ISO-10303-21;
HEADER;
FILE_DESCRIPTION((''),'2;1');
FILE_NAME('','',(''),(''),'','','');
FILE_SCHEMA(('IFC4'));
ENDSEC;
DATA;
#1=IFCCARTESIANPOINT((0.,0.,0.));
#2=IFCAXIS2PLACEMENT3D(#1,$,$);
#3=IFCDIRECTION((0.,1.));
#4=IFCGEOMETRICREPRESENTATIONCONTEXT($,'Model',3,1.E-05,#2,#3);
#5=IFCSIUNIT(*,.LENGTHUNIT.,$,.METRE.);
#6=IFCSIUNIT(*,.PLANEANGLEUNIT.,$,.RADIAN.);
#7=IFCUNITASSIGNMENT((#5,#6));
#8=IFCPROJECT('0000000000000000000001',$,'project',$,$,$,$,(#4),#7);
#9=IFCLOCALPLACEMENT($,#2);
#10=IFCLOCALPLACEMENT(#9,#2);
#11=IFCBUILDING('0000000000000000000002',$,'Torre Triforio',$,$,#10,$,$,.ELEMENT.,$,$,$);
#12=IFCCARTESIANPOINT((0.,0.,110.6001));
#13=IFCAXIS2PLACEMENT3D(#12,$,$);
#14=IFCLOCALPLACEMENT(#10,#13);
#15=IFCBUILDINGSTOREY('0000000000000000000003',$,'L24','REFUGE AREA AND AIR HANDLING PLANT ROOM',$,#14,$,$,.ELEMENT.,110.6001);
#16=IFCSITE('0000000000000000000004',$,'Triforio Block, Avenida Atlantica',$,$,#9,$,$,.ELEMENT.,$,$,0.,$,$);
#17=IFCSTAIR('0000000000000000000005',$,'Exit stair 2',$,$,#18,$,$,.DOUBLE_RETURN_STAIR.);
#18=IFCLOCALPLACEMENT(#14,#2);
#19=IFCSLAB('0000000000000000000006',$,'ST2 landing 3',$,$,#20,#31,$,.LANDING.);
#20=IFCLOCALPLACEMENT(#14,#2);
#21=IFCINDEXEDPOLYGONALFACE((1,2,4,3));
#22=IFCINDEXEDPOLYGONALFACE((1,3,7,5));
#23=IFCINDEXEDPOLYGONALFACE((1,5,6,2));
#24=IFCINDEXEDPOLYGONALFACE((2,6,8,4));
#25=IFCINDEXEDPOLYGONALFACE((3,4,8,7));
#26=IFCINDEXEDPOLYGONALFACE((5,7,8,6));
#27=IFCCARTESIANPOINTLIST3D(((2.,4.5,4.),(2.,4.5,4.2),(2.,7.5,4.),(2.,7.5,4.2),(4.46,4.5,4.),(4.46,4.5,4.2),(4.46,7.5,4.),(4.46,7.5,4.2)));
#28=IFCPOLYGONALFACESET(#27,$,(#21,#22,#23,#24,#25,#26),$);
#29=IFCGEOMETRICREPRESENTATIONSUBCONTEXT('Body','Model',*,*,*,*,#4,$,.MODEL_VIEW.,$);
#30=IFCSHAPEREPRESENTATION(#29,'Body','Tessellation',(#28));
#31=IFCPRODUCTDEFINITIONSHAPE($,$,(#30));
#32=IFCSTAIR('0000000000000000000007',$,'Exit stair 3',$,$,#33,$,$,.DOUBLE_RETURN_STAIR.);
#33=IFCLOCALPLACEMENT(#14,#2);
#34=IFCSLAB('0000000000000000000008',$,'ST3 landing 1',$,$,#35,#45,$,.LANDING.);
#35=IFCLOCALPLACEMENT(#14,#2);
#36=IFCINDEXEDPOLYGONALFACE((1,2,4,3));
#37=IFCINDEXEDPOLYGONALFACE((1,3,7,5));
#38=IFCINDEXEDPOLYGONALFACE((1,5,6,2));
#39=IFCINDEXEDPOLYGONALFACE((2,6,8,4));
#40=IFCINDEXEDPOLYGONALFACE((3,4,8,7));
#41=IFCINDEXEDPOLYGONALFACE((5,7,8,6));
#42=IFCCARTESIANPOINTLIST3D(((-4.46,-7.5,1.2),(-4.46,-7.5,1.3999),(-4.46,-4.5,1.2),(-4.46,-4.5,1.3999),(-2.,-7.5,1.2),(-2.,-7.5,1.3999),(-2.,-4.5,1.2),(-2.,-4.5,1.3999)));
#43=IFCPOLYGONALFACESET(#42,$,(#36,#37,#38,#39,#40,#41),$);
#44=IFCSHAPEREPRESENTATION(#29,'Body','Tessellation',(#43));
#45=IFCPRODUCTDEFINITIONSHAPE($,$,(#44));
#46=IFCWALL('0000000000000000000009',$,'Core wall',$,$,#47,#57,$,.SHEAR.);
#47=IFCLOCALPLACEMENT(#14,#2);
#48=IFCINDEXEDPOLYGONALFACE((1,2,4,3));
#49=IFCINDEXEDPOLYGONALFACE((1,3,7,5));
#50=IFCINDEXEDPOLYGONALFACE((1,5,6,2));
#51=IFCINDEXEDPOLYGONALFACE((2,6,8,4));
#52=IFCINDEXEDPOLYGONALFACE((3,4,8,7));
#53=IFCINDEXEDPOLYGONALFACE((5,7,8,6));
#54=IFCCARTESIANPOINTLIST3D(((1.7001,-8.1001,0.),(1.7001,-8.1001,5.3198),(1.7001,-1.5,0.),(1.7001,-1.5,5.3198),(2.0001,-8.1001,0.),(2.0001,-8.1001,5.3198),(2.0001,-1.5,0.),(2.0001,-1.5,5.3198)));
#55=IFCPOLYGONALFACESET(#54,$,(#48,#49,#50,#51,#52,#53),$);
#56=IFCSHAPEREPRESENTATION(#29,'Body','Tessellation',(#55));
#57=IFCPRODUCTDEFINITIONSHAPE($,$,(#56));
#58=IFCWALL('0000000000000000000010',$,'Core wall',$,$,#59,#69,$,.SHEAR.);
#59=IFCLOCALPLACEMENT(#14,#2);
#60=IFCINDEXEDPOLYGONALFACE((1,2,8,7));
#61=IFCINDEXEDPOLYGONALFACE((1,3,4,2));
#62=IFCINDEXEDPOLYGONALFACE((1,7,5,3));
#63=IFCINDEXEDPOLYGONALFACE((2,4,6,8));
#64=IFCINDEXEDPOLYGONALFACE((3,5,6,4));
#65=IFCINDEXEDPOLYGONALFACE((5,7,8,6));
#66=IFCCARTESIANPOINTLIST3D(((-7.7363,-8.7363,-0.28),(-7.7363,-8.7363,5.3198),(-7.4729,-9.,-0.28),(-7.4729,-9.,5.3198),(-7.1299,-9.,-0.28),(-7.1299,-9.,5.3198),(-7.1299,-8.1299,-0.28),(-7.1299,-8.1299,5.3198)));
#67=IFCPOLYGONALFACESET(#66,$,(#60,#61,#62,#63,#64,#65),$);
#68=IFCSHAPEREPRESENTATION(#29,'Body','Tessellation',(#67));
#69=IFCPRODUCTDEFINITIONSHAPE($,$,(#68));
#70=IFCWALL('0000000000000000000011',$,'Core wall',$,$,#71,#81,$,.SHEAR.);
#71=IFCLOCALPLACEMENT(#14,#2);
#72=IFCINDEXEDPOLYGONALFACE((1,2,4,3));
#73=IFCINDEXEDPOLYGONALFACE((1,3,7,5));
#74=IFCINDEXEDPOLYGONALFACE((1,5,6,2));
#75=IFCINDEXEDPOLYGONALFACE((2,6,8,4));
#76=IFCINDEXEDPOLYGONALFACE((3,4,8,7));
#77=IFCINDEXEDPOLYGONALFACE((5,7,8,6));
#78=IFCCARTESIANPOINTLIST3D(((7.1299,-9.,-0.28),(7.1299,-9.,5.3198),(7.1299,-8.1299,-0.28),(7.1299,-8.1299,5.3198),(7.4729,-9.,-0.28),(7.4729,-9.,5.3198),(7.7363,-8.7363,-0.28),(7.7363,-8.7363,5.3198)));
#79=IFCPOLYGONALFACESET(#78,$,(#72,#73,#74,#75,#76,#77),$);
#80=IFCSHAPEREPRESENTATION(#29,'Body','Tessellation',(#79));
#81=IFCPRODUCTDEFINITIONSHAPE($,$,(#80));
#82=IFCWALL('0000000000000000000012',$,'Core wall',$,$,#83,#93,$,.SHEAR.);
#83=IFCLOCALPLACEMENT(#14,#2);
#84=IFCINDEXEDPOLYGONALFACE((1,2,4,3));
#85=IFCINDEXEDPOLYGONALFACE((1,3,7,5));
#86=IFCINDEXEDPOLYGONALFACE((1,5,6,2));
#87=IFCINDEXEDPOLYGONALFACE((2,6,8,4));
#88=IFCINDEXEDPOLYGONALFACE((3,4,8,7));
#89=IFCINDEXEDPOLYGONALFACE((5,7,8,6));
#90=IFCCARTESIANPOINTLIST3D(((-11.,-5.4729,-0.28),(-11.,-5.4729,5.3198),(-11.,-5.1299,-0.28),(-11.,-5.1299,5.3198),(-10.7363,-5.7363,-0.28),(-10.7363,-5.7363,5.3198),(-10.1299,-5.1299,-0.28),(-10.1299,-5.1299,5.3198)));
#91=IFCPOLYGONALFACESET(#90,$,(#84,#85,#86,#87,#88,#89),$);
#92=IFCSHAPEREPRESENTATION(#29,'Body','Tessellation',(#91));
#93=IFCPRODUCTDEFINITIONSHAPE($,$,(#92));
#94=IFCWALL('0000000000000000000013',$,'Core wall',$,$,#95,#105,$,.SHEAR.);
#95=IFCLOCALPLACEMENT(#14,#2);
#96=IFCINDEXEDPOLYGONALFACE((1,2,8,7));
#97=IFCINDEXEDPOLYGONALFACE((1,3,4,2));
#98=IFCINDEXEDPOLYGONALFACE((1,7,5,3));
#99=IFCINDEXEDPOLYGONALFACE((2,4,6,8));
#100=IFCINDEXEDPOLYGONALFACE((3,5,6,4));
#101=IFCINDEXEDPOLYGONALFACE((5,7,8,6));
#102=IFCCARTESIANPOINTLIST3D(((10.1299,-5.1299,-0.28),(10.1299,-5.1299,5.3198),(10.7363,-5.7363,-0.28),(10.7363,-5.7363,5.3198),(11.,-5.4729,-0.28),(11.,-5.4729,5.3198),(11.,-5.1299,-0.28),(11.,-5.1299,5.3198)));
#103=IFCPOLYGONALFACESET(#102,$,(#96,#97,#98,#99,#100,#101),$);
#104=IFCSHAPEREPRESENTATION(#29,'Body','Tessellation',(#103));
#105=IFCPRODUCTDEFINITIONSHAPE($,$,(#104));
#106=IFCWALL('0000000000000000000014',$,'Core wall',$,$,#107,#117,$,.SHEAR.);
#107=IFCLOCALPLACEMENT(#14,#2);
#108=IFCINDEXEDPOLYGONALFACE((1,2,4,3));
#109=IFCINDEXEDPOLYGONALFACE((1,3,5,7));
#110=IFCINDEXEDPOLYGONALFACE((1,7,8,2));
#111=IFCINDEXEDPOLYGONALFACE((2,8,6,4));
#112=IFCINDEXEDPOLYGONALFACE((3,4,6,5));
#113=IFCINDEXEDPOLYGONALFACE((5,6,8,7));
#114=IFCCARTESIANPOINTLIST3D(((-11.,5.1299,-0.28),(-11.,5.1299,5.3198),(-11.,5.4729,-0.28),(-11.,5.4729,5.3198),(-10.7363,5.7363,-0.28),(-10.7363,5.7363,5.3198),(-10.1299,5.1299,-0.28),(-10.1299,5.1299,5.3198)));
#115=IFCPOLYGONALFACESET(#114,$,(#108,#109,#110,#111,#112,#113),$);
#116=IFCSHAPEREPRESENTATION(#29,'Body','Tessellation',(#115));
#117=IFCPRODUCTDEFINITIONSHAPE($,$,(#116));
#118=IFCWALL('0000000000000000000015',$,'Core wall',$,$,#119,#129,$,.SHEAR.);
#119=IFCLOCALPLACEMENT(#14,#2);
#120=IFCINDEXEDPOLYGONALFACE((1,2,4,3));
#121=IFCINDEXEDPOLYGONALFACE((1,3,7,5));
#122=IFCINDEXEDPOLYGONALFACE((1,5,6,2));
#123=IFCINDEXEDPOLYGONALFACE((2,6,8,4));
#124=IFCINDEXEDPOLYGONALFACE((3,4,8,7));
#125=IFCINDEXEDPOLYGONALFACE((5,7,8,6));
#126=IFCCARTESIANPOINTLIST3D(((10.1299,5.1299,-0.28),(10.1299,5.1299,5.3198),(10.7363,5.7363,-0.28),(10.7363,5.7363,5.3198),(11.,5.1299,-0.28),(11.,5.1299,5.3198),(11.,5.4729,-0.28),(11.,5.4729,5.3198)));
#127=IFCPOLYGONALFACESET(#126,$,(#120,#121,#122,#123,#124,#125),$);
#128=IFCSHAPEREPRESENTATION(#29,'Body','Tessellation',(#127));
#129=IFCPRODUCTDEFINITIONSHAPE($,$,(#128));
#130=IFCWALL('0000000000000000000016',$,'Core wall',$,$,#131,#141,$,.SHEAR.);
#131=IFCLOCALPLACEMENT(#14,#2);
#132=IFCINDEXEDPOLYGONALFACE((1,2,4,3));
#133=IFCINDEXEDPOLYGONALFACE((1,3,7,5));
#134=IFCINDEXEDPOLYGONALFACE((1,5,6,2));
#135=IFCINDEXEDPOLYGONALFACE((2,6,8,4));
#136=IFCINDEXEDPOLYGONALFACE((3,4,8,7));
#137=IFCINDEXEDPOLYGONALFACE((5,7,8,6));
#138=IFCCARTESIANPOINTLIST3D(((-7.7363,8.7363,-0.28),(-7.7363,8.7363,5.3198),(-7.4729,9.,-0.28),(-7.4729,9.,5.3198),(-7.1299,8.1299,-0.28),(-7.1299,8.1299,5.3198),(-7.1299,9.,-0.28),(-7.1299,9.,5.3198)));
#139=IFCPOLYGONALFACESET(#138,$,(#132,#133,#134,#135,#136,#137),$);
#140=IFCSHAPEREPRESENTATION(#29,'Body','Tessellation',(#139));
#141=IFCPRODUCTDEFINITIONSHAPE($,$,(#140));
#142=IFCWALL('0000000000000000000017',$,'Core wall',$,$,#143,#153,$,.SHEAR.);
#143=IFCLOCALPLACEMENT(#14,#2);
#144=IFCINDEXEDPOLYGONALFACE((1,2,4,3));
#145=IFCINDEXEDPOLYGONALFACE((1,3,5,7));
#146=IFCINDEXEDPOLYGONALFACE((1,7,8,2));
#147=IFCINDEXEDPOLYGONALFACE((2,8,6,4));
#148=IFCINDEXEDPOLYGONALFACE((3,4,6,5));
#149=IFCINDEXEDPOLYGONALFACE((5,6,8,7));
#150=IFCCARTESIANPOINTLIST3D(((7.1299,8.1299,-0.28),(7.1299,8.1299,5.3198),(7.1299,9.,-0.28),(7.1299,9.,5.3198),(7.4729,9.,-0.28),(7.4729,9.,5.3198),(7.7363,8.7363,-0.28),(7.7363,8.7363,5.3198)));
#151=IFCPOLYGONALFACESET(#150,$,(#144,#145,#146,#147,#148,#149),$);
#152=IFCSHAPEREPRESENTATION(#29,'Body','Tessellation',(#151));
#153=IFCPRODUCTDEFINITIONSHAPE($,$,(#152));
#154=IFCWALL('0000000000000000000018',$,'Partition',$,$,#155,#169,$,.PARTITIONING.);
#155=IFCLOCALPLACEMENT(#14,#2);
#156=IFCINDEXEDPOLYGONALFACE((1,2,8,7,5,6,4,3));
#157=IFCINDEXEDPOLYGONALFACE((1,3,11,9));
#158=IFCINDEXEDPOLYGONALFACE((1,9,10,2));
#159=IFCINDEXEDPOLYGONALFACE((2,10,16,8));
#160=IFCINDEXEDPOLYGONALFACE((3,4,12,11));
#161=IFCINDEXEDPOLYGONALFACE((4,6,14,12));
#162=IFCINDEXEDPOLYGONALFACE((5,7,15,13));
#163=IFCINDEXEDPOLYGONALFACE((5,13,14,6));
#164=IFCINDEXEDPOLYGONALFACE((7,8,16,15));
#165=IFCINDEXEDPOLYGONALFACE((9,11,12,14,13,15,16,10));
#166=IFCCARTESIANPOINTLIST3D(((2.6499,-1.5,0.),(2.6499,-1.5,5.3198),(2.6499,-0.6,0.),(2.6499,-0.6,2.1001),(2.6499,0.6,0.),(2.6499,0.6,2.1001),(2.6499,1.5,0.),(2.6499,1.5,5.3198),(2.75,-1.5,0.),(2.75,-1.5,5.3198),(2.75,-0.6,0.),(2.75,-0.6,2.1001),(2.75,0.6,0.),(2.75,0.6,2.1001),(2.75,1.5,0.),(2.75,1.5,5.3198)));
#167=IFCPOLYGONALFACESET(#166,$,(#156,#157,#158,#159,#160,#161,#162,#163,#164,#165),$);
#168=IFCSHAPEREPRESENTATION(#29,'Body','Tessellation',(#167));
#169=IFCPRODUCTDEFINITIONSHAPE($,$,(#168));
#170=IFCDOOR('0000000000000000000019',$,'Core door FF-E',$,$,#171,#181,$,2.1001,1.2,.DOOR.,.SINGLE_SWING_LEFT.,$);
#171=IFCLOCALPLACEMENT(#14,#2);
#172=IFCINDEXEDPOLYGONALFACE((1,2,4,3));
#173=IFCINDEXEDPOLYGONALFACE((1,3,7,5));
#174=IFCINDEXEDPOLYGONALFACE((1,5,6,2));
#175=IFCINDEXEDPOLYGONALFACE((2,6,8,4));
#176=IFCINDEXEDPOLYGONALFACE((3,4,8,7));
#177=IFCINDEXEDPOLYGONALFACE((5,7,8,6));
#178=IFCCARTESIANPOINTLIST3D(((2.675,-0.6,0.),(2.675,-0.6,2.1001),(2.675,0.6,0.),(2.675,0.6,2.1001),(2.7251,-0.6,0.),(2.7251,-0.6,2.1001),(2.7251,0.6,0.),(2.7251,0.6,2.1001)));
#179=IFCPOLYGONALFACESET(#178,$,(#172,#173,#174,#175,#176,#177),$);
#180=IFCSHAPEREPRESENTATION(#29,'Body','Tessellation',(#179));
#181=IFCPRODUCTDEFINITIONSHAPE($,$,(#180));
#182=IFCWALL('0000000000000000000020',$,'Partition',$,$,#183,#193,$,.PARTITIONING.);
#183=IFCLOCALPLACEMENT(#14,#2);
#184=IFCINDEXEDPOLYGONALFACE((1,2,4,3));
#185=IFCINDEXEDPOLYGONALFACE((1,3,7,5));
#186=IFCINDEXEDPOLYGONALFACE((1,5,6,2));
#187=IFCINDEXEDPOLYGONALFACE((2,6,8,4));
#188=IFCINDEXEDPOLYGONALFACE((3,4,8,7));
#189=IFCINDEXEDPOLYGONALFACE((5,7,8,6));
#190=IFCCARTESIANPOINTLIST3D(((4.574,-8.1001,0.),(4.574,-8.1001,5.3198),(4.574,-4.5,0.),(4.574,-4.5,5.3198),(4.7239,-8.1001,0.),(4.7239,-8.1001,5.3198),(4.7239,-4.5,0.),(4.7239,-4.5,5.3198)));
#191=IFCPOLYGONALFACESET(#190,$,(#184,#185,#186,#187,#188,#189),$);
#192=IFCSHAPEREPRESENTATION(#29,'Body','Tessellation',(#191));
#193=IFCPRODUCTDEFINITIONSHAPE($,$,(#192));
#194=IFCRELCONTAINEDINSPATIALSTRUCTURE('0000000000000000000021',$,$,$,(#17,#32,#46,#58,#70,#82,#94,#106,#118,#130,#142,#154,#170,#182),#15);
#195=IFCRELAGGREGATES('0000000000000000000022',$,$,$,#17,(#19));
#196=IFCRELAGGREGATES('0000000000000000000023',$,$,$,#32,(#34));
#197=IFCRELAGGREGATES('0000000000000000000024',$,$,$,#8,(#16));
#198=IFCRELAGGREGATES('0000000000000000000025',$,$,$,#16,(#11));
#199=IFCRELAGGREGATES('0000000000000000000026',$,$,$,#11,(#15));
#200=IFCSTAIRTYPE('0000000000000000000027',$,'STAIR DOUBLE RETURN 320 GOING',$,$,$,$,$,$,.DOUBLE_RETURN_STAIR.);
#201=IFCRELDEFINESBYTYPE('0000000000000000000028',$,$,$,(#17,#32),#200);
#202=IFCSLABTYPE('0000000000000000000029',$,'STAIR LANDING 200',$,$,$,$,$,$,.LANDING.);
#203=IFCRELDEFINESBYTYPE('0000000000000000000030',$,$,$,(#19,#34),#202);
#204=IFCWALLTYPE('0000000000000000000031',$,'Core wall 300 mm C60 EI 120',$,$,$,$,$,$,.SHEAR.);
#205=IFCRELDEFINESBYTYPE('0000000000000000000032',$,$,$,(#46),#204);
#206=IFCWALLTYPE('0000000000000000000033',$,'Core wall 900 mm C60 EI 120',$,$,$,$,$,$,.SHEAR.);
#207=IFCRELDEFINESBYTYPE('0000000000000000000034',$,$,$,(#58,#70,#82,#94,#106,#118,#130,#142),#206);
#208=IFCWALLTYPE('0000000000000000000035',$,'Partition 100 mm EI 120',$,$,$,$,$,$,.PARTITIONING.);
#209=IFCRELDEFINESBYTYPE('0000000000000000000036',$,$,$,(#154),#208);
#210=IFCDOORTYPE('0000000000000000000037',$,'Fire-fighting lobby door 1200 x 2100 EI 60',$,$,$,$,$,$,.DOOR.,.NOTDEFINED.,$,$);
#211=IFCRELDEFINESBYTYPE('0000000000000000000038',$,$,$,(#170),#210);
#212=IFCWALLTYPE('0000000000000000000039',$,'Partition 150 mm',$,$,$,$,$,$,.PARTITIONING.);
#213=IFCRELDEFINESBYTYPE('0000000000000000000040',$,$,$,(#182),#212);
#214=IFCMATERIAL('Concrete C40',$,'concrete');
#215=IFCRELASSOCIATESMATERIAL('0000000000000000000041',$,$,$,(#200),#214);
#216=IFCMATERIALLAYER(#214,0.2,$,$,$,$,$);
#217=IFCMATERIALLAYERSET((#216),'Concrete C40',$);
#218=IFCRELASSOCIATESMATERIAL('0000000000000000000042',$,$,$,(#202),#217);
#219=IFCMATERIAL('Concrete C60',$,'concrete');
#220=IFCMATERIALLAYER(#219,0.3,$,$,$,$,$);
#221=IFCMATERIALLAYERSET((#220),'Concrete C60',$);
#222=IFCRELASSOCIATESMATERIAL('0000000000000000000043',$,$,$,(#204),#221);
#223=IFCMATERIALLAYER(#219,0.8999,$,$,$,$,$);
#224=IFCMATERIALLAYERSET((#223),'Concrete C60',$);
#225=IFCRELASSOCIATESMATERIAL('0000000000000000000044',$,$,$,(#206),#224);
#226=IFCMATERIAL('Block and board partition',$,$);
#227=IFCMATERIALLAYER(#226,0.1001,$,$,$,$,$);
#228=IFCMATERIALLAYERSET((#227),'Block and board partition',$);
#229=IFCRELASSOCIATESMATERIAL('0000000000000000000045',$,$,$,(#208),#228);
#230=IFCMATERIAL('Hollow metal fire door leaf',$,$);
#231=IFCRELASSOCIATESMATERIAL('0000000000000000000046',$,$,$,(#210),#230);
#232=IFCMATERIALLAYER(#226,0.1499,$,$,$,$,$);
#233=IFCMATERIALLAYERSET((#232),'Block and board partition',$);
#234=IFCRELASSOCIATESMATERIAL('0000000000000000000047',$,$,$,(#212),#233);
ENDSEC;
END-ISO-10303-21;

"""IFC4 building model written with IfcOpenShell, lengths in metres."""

from ifc_helpers import new_model, si_unit, direction, frame, frame_2d, origin, place, context, subcontext, project, spatial, polyline, rectangle, outline, extrude, material, layer, layer_set, type_object, element, fill, aggregate, save


model = new_model("IFC4")

# Units and contexts
model_context = context("Model", 3, precision=1e-05, world=origin(), true_north=direction((0.0, 1.0)))
body_context = subcontext(model_context, "Body", "Model", "MODEL_VIEW")
ifc_project = project(units=[si_unit("LENGTHUNIT", "METRE"), si_unit("PLANEANGLEUNIT", "RADIAN")], contexts=[model_context])

# Site, building, storey
site_placement = place(None, origin())
site = spatial("IfcSite", under=ifc_project, at=site_placement, Name="Triforio Block, Avenida Atlantica", CompositionType="ELEMENT", RefElevation=0.0)
building_placement = place(site_placement, origin())
building = spatial("IfcBuilding", under=site, at=building_placement, Name="Torre Triforio", CompositionType="ELEMENT")
storey_placement = place(building_placement, frame((0.0, 0.0, 110.6001)))
storey = spatial("IfcBuildingStorey", under=building, at=storey_placement, Name="L24", Description="REFUGE AREA AND AIR HANDLING PLANT ROOM", CompositionType="ELEMENT", Elevation=110.6001)

# Shared definitions
ifc_material_1 = material(Name="Concrete C60", Category="concrete")

# Stair, slab
ifc_material_2 = material(Name="Concrete C40", Category="concrete")
stair_type = type_object("IfcStairType", Name="STAIR DOUBLE RETURN 320 GOING", PredefinedType="DOUBLE_RETURN_STAIR", material=ifc_material_2)
ifc_layer_1 = layer(ifc_material_2, 0.2)
ifc_layer_set_1 = layer_set([ifc_layer_1], Name="Concrete C40")
slab_type_1 = type_object("IfcSlabType", Name="STAIR LANDING 200", PredefinedType="LANDING", material=ifc_layer_set_1)
stair_1_placement = place(storey_placement, origin())
stair_1 = element("IfcStair", 1, at=stair_1_placement, inside=storey, type_object=stair_type, Name="Exit stair 2", PredefinedType="DOUBLE_RETURN_STAIR")
slab_1_placement = place(storey_placement, frame((0.0, 0.0, 4.0)))
slab_1 = element("IfcSlab", 2, at=slab_1_placement, type_object=slab_type_1, Name="ST2 landing 3", PredefinedType="LANDING", context=body_context, shape_type="SweptSolid", body=[
    extrude(outline(polyline([(4.46, 4.5), (4.46, 7.5), (2.0, 7.5), (2.0, 4.5), (4.46, 4.5)])), origin(), (0.0, 0.0, 1.0), 0.2),
])
aggregate(stair_1, [slab_1])

# Stair, slab
stair_2_placement = place(storey_placement, origin())
stair_2 = element("IfcStair", 3, at=stair_2_placement, inside=storey, type_object=stair_type, Name="Exit stair 3", PredefinedType="DOUBLE_RETURN_STAIR")
slab_2_placement = place(storey_placement, frame((0.0, 0.0, 1.2)))
slab_2 = element("IfcSlab", 4, at=slab_2_placement, type_object=slab_type_1, Name="ST3 landing 1", PredefinedType="LANDING", context=body_context, shape_type="SweptSolid", body=[
    extrude(outline(polyline([(-2.0, -7.5), (-2.0, -4.5), (-4.46, -4.5), (-4.46, -7.5), (-2.0, -7.5)])), origin(), (0.0, 0.0, 1.0), 0.2),
])
aggregate(stair_2, [slab_2])

# Walls
ifc_layer_2 = layer(ifc_material_1, 0.3)
ifc_layer_set_2 = layer_set([ifc_layer_2], Name="Concrete C60")
wall_type_1 = type_object("IfcWallType", Name="Core wall 300 mm C60 EI 120", PredefinedType="SHEAR", material=ifc_layer_set_2)
wall_1_placement = place(storey_placement, frame((1.8501, -8.1001, 0.0), z_axis=(0.0, 0.0, 1.0), x_axis=(0.0, 1.0, 0.0)))
element("IfcWall", 5, at=wall_1_placement, inside=storey, type_object=wall_type_1, Name="Core wall", PredefinedType="SHEAR", context=body_context, shape_type="SweptSolid", body=[
    extrude(rectangle(XDim=6.6001, YDim=0.3, at=frame_2d((3.3, 0.0))), origin(), (0.0, 0.0, 1.0), 5.3198),
])
ifc_layer_3 = layer(ifc_material_1, 0.8999)
ifc_layer_set_3 = layer_set([ifc_layer_3], Name="Concrete C60")
wall_type_2 = type_object("IfcWallType", Name="Core wall 900 mm C60 EI 120", PredefinedType="SHEAR", material=ifc_layer_set_3)
wall_2_placement = place(storey_placement, frame((0.0, 0.0, -0.28)))
element("IfcWall", 6, at=wall_2_placement, inside=storey, type_object=wall_type_2, Name="Core wall", PredefinedType="SHEAR", context=body_context, shape_type="SweptSolid", body=[
    extrude(outline(polyline([(-7.4729, -9.0), (-7.7363, -8.7363), (-7.1299, -8.1299), (-7.1299, -9.0), (-7.4729, -9.0)])), origin(), (0.0, 0.0, 1.0), 5.5999),
])
wall_3_placement = place(storey_placement, frame((0.0, 0.0, -0.28)))
element("IfcWall", 7, at=wall_3_placement, inside=storey, type_object=wall_type_2, Name="Core wall", PredefinedType="SHEAR", context=body_context, shape_type="SweptSolid", body=[
    extrude(outline(polyline([(7.4729, -9.0), (7.1299, -9.0), (7.1299, -8.1299), (7.7363, -8.7363), (7.4729, -9.0)])), origin(), (0.0, 0.0, 1.0), 5.5999),
])
wall_4_placement = place(storey_placement, frame((0.0, 0.0, -0.28)))
element("IfcWall", 8, at=wall_4_placement, inside=storey, type_object=wall_type_2, Name="Core wall", PredefinedType="SHEAR", context=body_context, shape_type="SweptSolid", body=[
    extrude(outline(polyline([(-11.0, -5.4729), (-11.0, -5.1299), (-10.1299, -5.1299), (-10.7363, -5.7363), (-11.0, -5.4729)])), origin(), (0.0, 0.0, 1.0), 5.5999),
])
wall_5_placement = place(storey_placement, frame((0.0, 0.0, -0.28)))
element("IfcWall", 9, at=wall_5_placement, inside=storey, type_object=wall_type_2, Name="Core wall", PredefinedType="SHEAR", context=body_context, shape_type="SweptSolid", body=[
    extrude(outline(polyline([(11.0, -5.4729), (10.7363, -5.7363), (10.1299, -5.1299), (11.0, -5.1299), (11.0, -5.4729)])), origin(), (0.0, 0.0, 1.0), 5.5999),
])
wall_6_placement = place(storey_placement, frame((0.0, 0.0, -0.28)))
element("IfcWall", 10, at=wall_6_placement, inside=storey, type_object=wall_type_2, Name="Core wall", PredefinedType="SHEAR", context=body_context, shape_type="SweptSolid", body=[
    extrude(outline(polyline([(-10.7363, 5.7363), (-10.1299, 5.1299), (-11.0, 5.1299), (-11.0, 5.4729), (-10.7363, 5.7363)])), origin(), (0.0, 0.0, 1.0), 5.5999),
])
wall_7_placement = place(storey_placement, frame((0.0, 0.0, -0.28)))
element("IfcWall", 11, at=wall_7_placement, inside=storey, type_object=wall_type_2, Name="Core wall", PredefinedType="SHEAR", context=body_context, shape_type="SweptSolid", body=[
    extrude(outline(polyline([(11.0, 5.4729), (11.0, 5.1299), (10.1299, 5.1299), (10.7363, 5.7363), (11.0, 5.4729)])), origin(), (0.0, 0.0, 1.0), 5.5999),
])
wall_8_placement = place(storey_placement, frame((0.0, 0.0, -0.28)))
element("IfcWall", 12, at=wall_8_placement, inside=storey, type_object=wall_type_2, Name="Core wall", PredefinedType="SHEAR", context=body_context, shape_type="SweptSolid", body=[
    extrude(outline(polyline([(-7.4729, 9.0), (-7.1299, 9.0), (-7.1299, 8.1299), (-7.7363, 8.7363), (-7.4729, 9.0)])), origin(), (0.0, 0.0, 1.0), 5.5999),
])
wall_9_placement = place(storey_placement, frame((0.0, 0.0, -0.28)))
element("IfcWall", 13, at=wall_9_placement, inside=storey, type_object=wall_type_2, Name="Core wall", PredefinedType="SHEAR", context=body_context, shape_type="SweptSolid", body=[
    extrude(outline(polyline([(7.4729, 9.0), (7.7363, 8.7363), (7.1299, 8.1299), (7.1299, 9.0), (7.4729, 9.0)])), origin(), (0.0, 0.0, 1.0), 5.5999),
])

# Wall, opening, door
ifc_material_3 = material(Name="Block and board partition")
ifc_layer_4 = layer(ifc_material_3, 0.1001)
ifc_layer_set_4 = layer_set([ifc_layer_4], Name="Block and board partition")
wall_type_3 = type_object("IfcWallType", Name="Partition 100 mm EI 120", PredefinedType="PARTITIONING", material=ifc_layer_set_4)
wall_10_placement = place(storey_placement, frame((2.7, -1.5, 0.0), z_axis=(0.0, 0.0, 1.0), x_axis=(0.0, 1.0, 0.0)))
wall_10 = element("IfcWall", 14, at=wall_10_placement, inside=storey, type_object=wall_type_3, Name="Partition", PredefinedType="PARTITIONING", context=body_context, shape_type="SweptSolid", body=[
    extrude(rectangle(XDim=3.0, YDim=0.1001, at=frame_2d((1.5, 0.0))), origin(), (0.0, 0.0, 1.0), 5.3198),
])
opening_placement = place(wall_10_placement, frame((0.8999, 0.0, 0.0)))
opening = element("IfcOpeningElement", 15, at=opening_placement, cuts=wall_10, PredefinedType="OPENING", context=body_context, shape_type="SweptSolid", body=[
    extrude(rectangle(XDim=1.2, YDim=2.1001, at=frame_2d((0.6001, 1.05))), frame((0.0, 0.0601, 0.0), z_axis=(0.0, -1.0, 0.0), x_axis=(1.0, 0.0, 0.0)), (0.0, 0.0, 1.0), 0.1201),
])
ifc_material_4 = material(Name="Hollow metal fire door leaf")
door_type = type_object("IfcDoorType", Name="Fire-fighting lobby door 1200 x 2100 EI 60", OperationType="NOTDEFINED", PredefinedType="DOOR", material=ifc_material_4)
door_placement = place(opening_placement, origin())
door = element("IfcDoor", 16, at=door_placement, inside=storey, type_object=door_type, Name="Core door FF-E", OperationType="SINGLE_SWING_LEFT", OverallHeight=2.1001, OverallWidth=1.2, PredefinedType="DOOR", context=body_context, shape_type="SweptSolid", body=[
    extrude(rectangle(XDim=1.2, YDim=2.1001, at=frame_2d((0.6001, 1.05))), frame((0.0, 0.0249, 0.0), z_axis=(0.0, -1.0, 0.0), x_axis=(1.0, 0.0, 0.0)), (0.0, 0.0, 1.0), 0.05),
])
fill(opening, door)

# Wall
ifc_layer_5 = layer(ifc_material_3, 0.1499)
ifc_layer_set_5 = layer_set([ifc_layer_5], Name="Block and board partition")
wall_type_4 = type_object("IfcWallType", Name="Partition 150 mm", PredefinedType="PARTITIONING", material=ifc_layer_set_5)
wall_11_placement = place(storey_placement, frame((4.6489, -8.1001, 0.0), z_axis=(0.0, 0.0, 1.0), x_axis=(0.0, 1.0, 0.0)))
element("IfcWall", 17, at=wall_11_placement, inside=storey, type_object=wall_type_4, Name="Partition", PredefinedType="PARTITIONING", context=body_context, shape_type="SweptSolid", body=[
    extrude(rectangle(XDim=3.6001, YDim=0.1499, at=frame_2d((1.8, 0.0))), origin(), (0.0, 0.0, 1.0), 5.3198),
])

save(model, "model.ifc")
